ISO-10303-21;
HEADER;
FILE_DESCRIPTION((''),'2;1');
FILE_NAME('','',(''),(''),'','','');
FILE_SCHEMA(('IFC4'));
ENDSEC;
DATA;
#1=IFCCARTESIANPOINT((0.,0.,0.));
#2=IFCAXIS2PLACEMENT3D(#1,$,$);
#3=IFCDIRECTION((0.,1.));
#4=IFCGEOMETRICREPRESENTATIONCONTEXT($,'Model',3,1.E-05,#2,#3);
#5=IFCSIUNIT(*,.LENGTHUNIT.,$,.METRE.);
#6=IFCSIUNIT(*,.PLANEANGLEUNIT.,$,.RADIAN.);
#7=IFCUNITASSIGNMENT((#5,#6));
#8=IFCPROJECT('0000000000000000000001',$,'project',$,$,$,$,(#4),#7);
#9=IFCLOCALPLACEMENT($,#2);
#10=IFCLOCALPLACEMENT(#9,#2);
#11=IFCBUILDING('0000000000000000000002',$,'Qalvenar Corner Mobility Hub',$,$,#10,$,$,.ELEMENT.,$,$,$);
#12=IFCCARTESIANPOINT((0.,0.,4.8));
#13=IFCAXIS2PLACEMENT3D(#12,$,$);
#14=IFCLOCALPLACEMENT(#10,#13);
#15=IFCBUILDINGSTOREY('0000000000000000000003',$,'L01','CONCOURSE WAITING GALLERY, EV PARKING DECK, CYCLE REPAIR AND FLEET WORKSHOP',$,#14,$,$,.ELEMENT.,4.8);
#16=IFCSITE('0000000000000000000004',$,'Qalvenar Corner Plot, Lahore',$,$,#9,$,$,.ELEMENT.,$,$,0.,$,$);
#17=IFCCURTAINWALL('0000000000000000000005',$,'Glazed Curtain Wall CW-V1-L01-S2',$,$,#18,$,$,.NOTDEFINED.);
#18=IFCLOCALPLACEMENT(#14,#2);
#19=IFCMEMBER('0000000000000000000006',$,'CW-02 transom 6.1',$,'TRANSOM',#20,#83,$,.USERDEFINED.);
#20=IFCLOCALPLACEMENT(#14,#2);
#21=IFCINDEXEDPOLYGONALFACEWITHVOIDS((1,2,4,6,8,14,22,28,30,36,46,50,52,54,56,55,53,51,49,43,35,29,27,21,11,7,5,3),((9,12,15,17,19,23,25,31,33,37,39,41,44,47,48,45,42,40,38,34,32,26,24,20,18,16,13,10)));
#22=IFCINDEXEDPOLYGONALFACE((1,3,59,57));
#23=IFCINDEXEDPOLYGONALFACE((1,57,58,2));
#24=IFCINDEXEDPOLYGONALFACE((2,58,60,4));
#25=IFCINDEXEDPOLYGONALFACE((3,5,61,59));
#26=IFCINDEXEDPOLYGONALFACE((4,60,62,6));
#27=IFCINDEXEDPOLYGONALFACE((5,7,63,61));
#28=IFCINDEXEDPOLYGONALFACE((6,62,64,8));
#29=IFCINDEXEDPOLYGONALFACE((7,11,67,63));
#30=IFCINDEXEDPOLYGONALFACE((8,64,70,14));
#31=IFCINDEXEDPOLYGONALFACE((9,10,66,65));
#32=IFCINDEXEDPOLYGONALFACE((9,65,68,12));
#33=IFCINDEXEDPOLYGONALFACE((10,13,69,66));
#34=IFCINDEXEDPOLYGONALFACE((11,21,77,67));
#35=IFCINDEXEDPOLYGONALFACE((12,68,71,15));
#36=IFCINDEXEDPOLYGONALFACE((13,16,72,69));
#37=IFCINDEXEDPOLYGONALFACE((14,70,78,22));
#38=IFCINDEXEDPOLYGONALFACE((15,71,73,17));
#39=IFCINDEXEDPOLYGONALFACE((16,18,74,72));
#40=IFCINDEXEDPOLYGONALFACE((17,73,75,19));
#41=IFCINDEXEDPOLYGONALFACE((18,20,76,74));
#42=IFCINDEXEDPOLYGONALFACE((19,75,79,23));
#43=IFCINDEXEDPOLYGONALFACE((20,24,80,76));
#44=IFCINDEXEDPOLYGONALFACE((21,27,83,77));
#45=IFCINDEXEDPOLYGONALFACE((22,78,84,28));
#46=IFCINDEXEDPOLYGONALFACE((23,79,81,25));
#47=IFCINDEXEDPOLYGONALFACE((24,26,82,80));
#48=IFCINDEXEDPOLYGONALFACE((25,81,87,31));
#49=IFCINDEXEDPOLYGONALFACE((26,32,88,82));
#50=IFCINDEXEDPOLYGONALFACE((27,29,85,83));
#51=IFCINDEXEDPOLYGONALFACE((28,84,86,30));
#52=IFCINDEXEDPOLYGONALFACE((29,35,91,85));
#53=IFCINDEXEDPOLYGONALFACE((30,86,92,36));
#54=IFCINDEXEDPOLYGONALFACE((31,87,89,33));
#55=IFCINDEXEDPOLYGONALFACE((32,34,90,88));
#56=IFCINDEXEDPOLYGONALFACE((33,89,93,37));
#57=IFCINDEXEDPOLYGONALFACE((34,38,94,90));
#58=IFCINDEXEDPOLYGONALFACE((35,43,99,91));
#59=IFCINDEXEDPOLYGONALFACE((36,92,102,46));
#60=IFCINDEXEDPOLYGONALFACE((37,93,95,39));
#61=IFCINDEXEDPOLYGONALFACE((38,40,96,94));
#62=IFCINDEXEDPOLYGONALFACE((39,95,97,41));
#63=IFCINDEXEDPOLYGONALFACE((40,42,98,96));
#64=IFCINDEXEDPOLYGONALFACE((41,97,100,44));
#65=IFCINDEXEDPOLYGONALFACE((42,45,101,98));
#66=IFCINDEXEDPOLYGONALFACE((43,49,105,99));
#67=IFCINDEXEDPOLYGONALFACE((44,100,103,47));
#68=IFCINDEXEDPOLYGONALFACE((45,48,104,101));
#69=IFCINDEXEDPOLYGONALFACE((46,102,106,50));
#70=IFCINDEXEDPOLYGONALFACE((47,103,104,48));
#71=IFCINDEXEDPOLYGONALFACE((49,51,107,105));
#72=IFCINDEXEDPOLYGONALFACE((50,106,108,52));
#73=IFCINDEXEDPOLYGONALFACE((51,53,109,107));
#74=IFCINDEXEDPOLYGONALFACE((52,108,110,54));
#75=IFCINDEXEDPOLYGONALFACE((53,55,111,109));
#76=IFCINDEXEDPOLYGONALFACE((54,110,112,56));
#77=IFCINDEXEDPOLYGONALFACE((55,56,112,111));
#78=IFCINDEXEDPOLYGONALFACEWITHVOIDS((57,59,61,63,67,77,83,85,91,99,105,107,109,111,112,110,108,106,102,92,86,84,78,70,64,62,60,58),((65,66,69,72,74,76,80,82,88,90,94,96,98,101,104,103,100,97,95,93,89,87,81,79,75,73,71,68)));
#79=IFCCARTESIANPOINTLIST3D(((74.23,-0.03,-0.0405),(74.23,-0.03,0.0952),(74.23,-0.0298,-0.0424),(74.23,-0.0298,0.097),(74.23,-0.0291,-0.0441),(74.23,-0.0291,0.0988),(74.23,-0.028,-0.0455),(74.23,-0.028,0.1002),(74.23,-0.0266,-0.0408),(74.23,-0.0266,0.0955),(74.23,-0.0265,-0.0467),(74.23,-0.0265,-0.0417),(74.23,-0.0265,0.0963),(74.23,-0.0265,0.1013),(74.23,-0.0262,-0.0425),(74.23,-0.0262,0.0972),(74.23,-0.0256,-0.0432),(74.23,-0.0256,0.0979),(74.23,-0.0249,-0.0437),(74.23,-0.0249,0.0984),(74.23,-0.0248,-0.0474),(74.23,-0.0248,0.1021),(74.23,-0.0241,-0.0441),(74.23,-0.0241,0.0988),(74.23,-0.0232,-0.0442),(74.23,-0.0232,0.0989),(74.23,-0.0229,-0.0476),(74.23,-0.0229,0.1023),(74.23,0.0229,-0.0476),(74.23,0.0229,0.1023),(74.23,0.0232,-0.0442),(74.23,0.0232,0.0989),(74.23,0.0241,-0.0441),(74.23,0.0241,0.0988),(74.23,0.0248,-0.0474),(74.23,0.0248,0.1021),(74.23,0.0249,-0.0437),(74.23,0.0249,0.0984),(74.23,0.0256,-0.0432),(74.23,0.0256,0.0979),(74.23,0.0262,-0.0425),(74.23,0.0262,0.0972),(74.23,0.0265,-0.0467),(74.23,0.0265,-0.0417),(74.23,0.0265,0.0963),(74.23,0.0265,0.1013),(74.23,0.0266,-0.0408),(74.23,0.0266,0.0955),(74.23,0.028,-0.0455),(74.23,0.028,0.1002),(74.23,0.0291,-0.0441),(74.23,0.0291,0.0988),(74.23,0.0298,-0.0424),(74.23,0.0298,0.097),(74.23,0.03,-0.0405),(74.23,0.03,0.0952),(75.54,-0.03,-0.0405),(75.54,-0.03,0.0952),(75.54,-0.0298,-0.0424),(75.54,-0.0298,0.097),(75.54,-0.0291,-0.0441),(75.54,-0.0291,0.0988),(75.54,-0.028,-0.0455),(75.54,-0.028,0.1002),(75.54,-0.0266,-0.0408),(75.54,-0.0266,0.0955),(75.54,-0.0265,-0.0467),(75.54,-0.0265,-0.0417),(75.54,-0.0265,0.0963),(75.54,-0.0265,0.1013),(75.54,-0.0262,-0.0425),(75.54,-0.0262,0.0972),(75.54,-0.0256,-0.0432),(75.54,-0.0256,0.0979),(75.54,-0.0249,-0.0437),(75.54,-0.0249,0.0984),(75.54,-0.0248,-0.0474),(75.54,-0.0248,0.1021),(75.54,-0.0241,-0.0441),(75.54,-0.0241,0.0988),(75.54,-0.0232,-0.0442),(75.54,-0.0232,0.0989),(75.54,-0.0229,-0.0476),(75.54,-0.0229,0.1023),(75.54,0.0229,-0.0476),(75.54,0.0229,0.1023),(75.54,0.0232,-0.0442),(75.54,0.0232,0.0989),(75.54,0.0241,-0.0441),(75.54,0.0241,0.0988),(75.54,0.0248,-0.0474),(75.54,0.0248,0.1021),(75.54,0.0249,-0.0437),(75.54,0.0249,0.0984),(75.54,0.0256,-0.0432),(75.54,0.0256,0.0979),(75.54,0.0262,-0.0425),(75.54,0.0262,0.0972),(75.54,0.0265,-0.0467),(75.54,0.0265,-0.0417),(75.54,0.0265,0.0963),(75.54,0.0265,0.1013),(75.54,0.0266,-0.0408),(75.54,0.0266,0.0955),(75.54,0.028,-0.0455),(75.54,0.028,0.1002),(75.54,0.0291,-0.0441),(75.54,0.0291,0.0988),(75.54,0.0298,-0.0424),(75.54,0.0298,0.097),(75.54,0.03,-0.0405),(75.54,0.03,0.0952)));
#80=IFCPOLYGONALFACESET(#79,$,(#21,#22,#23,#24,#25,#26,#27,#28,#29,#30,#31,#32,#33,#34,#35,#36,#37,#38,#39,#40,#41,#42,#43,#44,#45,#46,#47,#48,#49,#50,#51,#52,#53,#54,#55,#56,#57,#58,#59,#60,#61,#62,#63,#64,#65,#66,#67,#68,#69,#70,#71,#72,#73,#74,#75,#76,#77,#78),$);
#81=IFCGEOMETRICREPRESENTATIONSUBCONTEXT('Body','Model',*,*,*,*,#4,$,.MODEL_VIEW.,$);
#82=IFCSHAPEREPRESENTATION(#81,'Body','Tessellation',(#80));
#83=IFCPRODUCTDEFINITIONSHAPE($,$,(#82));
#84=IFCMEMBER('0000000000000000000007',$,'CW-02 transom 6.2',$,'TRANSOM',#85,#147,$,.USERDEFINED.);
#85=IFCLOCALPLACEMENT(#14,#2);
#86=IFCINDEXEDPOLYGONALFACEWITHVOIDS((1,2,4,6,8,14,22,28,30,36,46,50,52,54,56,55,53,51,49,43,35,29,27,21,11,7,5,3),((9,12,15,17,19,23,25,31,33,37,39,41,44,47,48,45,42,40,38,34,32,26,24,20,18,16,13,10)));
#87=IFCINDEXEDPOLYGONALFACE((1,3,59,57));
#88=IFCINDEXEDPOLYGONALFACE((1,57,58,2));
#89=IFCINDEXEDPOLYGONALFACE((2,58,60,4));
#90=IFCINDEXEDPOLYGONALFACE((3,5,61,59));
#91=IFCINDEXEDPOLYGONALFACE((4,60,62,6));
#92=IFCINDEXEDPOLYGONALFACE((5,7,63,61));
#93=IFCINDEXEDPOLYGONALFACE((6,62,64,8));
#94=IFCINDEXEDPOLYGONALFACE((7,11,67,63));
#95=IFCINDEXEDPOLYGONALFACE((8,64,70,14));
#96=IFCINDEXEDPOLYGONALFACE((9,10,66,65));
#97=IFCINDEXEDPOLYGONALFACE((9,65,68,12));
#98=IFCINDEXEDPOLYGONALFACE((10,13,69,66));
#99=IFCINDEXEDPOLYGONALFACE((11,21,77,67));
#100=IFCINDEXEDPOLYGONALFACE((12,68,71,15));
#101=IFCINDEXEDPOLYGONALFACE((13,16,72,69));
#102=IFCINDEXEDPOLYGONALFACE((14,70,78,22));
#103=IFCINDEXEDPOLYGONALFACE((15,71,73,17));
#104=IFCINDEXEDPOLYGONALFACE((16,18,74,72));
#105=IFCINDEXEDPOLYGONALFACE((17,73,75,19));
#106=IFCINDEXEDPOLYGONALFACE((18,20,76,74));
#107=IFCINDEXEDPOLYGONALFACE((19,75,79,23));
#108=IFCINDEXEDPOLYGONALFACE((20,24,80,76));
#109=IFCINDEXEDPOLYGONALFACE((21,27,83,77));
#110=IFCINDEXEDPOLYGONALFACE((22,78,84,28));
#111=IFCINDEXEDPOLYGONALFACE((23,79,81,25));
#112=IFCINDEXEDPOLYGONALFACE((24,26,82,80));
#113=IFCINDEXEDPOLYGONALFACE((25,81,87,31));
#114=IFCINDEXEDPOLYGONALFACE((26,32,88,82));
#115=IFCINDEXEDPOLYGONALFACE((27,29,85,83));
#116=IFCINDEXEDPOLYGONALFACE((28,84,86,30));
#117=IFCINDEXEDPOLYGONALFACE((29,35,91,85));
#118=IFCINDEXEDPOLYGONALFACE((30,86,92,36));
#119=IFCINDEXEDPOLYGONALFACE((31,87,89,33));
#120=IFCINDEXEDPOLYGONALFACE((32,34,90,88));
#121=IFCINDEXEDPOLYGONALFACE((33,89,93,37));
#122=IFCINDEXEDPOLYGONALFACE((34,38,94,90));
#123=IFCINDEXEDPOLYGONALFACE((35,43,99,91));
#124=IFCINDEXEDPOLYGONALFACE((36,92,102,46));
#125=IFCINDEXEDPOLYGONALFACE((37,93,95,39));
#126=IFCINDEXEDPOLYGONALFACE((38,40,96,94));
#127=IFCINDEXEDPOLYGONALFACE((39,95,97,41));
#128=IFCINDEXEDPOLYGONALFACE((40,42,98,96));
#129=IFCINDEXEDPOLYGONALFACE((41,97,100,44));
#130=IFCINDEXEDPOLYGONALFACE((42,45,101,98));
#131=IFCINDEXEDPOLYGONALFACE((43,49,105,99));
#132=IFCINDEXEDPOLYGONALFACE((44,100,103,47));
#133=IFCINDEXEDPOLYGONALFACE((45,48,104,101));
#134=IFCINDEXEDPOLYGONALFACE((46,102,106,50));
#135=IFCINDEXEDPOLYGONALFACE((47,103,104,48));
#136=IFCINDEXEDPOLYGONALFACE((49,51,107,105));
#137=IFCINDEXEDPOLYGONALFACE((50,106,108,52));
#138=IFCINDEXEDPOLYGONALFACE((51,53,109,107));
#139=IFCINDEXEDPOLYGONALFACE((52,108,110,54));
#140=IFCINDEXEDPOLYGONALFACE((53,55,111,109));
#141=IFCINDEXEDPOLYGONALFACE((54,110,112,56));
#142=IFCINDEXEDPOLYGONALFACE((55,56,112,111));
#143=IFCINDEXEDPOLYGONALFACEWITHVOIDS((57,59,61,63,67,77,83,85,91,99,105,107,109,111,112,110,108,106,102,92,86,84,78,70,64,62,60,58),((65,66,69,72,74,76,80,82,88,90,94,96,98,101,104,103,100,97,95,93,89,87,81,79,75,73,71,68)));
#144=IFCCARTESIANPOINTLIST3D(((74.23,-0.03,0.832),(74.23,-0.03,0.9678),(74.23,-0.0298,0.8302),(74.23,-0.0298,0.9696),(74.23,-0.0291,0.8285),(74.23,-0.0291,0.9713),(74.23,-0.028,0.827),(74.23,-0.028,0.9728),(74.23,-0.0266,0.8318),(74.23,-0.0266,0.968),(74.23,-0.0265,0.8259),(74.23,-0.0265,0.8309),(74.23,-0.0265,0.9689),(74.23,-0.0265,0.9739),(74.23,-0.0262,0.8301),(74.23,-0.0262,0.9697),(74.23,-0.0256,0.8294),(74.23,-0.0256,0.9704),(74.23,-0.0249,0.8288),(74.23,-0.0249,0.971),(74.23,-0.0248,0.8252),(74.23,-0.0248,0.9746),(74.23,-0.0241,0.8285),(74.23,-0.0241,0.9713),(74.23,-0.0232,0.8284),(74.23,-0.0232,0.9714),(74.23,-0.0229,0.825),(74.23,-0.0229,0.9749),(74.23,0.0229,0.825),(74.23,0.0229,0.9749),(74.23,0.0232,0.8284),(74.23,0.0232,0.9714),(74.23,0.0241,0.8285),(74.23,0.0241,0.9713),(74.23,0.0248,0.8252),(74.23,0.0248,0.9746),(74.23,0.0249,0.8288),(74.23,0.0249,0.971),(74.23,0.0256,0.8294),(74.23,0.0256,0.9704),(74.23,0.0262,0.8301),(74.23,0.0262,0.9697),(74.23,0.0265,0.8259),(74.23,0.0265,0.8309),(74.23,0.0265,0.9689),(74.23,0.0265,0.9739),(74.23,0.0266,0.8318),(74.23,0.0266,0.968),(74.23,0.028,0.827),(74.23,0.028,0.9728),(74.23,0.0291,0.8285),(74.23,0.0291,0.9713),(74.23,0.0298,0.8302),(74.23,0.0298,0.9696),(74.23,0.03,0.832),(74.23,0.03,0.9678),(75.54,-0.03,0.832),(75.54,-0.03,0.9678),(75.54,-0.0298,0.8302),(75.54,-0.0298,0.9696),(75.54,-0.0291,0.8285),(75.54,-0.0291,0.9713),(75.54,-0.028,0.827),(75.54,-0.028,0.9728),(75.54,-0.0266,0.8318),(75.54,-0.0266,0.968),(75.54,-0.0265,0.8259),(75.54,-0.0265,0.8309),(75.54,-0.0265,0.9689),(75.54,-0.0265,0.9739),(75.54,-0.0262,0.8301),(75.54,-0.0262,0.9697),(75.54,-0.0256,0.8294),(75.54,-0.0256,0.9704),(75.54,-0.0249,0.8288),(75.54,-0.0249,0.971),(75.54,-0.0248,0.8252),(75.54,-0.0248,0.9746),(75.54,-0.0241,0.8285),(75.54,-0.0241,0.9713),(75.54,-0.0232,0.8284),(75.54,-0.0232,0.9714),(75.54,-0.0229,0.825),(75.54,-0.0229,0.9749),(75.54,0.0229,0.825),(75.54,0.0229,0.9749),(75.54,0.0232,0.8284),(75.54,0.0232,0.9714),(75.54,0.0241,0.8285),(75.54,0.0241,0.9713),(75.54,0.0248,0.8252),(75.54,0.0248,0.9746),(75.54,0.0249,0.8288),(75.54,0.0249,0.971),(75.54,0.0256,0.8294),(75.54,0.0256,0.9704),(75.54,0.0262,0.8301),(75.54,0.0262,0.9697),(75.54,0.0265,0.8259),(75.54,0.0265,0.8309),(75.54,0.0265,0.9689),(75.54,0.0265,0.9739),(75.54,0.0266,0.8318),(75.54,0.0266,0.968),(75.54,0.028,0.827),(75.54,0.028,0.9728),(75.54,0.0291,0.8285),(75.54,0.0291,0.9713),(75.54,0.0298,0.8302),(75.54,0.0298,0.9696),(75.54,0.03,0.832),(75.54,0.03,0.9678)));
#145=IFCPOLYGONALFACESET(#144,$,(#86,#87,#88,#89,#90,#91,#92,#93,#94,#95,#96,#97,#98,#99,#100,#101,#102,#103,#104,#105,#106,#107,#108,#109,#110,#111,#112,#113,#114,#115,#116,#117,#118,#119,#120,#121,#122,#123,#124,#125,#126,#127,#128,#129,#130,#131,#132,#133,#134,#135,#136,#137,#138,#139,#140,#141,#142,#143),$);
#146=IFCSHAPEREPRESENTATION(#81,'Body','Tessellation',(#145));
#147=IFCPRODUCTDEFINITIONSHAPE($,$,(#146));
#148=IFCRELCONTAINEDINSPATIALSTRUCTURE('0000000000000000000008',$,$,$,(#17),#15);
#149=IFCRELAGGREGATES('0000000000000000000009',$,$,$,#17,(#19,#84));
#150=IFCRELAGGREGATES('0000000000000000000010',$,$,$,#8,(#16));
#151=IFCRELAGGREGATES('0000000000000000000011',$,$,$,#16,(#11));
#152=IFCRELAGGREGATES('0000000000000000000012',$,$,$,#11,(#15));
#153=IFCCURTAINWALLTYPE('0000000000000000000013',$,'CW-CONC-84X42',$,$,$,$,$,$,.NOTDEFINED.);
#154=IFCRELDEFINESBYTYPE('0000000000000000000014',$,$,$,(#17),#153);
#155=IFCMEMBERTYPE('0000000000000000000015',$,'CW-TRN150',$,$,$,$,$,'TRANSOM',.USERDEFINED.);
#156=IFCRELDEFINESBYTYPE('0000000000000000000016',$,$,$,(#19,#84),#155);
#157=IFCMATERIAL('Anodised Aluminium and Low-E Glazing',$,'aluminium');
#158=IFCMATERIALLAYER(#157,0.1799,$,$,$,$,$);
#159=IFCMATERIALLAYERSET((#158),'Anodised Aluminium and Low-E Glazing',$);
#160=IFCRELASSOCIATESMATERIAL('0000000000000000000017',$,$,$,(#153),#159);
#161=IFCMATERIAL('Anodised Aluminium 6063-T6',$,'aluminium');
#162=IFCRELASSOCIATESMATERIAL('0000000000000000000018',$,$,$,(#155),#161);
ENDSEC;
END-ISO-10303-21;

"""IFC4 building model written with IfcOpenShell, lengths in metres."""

from ifc_helpers import new_model, si_unit, direction, frame, origin, origin_2d, place, context, subcontext, project, spatial, hollow_rectangle, extrude, material, layer, layer_set, material_profile, profile_set, type_object, element, aggregate, save


model = new_model("IFC4")

# Units and contexts
model_context = context("Model", 3, precision=1e-05, world=origin(), true_north=direction((0.0, 1.0)))
body_context = subcontext(model_context, "Body", "Model", "MODEL_VIEW")
ifc_project = project(units=[si_unit("LENGTHUNIT", "METRE"), si_unit("PLANEANGLEUNIT", "RADIAN")], contexts=[model_context])

# Site, building, storey
site_placement = place(None, origin())
site = spatial("IfcSite", under=ifc_project, at=site_placement, Name="Qalvenar Corner Plot, Lahore", CompositionType="ELEMENT", RefElevation=0.0)
building_placement = place(site_placement, origin())
building = spatial("IfcBuilding", under=site, at=building_placement, Name="Qalvenar Corner Mobility Hub", CompositionType="ELEMENT")
storey_placement = place(building_placement, frame((0.0, 0.0, 4.8)))
storey = spatial("IfcBuildingStorey", under=building, at=storey_placement, Name="L01", Description="CONCOURSE WAITING GALLERY, EV PARKING DECK, CYCLE REPAIR AND FLEET WORKSHOP", CompositionType="ELEMENT", Elevation=4.8)

# Shared definitions
ifc_material_1 = material(Name="Anodised Aluminium and Low-E Glazing", Category="aluminium")
ifc_layer_1 = layer(ifc_material_1, 0.1799)
ifc_layer_set_1 = layer_set([ifc_layer_1], Name="Anodised Aluminium and Low-E Glazing")
curtain_wall_type = type_object("IfcCurtainWallType", Name="CW-CONC-84X42", PredefinedType="NOTDEFINED", material=ifc_layer_set_1)
ifc_material_2 = material(Name="Anodised Aluminium 6063-T6", Category="aluminium")

# Curtain wall
curtain_wall_1_placement = place(storey_placement, origin())
curtain_wall_1 = element("IfcCurtainWall", 1, at=curtain_wall_1_placement, inside=storey, type_object=curtain_wall_type, Name="Glazed Curtain Wall CW-V1-L01-S2", PredefinedType="NOTDEFINED")

# Members
ifc_material_profile_1 = material_profile(ifc_material_2, hollow_rectangle(XDim=0.0601, YDim=0.1499, WallThickness=0.0034, InnerFilletRadius=0.0034, OuterFilletRadius=0.0071, at=origin_2d()), Name="RHS150x60x3.5")
ifc_profile_set_1 = profile_set([ifc_material_profile_1], Name="Anodised Aluminium 6063-T6")
member_type_1 = type_object("IfcMemberType", Name="CW-TRN150", ElementType="TRANSOM", PredefinedType="USERDEFINED", material=ifc_profile_set_1)
member_1_placement = place(storey_placement, frame((74.23, 0.0, 0.0273), z_axis=(1.0, 0.0, 0.0), x_axis=(0.0, 1.0, 0.0)))
member_1 = element("IfcMember", 2, at=member_1_placement, type_object=member_type_1, Name="CW-02 transom 6.1", ObjectType="TRANSOM", PredefinedType="USERDEFINED", context=body_context, shape_type="SweptSolid", body=[
    extrude(hollow_rectangle(XDim=0.0601, YDim=0.1499, WallThickness=0.0034, InnerFilletRadius=0.0034, OuterFilletRadius=0.0071, at=origin_2d()), origin(), (0.0, 0.0, 1.0), 1.3101),
])
member_2_placement = place(storey_placement, frame((74.23, 0.0, 0.8999), z_axis=(1.0, 0.0, 0.0), x_axis=(0.0, 1.0, 0.0)))
member_2 = element("IfcMember", 3, at=member_2_placement, type_object=member_type_1, Name="CW-02 transom 6.2", ObjectType="TRANSOM", PredefinedType="USERDEFINED", context=body_context, shape_type="SweptSolid", body=[
    extrude(hollow_rectangle(XDim=0.0601, YDim=0.1499, WallThickness=0.0034, InnerFilletRadius=0.0034, OuterFilletRadius=0.0071, at=origin_2d()), origin(), (0.0, 0.0, 1.0), 1.3101),
])

aggregate(curtain_wall_1, [member_1, member_2])

save(model, "model.ifc")
